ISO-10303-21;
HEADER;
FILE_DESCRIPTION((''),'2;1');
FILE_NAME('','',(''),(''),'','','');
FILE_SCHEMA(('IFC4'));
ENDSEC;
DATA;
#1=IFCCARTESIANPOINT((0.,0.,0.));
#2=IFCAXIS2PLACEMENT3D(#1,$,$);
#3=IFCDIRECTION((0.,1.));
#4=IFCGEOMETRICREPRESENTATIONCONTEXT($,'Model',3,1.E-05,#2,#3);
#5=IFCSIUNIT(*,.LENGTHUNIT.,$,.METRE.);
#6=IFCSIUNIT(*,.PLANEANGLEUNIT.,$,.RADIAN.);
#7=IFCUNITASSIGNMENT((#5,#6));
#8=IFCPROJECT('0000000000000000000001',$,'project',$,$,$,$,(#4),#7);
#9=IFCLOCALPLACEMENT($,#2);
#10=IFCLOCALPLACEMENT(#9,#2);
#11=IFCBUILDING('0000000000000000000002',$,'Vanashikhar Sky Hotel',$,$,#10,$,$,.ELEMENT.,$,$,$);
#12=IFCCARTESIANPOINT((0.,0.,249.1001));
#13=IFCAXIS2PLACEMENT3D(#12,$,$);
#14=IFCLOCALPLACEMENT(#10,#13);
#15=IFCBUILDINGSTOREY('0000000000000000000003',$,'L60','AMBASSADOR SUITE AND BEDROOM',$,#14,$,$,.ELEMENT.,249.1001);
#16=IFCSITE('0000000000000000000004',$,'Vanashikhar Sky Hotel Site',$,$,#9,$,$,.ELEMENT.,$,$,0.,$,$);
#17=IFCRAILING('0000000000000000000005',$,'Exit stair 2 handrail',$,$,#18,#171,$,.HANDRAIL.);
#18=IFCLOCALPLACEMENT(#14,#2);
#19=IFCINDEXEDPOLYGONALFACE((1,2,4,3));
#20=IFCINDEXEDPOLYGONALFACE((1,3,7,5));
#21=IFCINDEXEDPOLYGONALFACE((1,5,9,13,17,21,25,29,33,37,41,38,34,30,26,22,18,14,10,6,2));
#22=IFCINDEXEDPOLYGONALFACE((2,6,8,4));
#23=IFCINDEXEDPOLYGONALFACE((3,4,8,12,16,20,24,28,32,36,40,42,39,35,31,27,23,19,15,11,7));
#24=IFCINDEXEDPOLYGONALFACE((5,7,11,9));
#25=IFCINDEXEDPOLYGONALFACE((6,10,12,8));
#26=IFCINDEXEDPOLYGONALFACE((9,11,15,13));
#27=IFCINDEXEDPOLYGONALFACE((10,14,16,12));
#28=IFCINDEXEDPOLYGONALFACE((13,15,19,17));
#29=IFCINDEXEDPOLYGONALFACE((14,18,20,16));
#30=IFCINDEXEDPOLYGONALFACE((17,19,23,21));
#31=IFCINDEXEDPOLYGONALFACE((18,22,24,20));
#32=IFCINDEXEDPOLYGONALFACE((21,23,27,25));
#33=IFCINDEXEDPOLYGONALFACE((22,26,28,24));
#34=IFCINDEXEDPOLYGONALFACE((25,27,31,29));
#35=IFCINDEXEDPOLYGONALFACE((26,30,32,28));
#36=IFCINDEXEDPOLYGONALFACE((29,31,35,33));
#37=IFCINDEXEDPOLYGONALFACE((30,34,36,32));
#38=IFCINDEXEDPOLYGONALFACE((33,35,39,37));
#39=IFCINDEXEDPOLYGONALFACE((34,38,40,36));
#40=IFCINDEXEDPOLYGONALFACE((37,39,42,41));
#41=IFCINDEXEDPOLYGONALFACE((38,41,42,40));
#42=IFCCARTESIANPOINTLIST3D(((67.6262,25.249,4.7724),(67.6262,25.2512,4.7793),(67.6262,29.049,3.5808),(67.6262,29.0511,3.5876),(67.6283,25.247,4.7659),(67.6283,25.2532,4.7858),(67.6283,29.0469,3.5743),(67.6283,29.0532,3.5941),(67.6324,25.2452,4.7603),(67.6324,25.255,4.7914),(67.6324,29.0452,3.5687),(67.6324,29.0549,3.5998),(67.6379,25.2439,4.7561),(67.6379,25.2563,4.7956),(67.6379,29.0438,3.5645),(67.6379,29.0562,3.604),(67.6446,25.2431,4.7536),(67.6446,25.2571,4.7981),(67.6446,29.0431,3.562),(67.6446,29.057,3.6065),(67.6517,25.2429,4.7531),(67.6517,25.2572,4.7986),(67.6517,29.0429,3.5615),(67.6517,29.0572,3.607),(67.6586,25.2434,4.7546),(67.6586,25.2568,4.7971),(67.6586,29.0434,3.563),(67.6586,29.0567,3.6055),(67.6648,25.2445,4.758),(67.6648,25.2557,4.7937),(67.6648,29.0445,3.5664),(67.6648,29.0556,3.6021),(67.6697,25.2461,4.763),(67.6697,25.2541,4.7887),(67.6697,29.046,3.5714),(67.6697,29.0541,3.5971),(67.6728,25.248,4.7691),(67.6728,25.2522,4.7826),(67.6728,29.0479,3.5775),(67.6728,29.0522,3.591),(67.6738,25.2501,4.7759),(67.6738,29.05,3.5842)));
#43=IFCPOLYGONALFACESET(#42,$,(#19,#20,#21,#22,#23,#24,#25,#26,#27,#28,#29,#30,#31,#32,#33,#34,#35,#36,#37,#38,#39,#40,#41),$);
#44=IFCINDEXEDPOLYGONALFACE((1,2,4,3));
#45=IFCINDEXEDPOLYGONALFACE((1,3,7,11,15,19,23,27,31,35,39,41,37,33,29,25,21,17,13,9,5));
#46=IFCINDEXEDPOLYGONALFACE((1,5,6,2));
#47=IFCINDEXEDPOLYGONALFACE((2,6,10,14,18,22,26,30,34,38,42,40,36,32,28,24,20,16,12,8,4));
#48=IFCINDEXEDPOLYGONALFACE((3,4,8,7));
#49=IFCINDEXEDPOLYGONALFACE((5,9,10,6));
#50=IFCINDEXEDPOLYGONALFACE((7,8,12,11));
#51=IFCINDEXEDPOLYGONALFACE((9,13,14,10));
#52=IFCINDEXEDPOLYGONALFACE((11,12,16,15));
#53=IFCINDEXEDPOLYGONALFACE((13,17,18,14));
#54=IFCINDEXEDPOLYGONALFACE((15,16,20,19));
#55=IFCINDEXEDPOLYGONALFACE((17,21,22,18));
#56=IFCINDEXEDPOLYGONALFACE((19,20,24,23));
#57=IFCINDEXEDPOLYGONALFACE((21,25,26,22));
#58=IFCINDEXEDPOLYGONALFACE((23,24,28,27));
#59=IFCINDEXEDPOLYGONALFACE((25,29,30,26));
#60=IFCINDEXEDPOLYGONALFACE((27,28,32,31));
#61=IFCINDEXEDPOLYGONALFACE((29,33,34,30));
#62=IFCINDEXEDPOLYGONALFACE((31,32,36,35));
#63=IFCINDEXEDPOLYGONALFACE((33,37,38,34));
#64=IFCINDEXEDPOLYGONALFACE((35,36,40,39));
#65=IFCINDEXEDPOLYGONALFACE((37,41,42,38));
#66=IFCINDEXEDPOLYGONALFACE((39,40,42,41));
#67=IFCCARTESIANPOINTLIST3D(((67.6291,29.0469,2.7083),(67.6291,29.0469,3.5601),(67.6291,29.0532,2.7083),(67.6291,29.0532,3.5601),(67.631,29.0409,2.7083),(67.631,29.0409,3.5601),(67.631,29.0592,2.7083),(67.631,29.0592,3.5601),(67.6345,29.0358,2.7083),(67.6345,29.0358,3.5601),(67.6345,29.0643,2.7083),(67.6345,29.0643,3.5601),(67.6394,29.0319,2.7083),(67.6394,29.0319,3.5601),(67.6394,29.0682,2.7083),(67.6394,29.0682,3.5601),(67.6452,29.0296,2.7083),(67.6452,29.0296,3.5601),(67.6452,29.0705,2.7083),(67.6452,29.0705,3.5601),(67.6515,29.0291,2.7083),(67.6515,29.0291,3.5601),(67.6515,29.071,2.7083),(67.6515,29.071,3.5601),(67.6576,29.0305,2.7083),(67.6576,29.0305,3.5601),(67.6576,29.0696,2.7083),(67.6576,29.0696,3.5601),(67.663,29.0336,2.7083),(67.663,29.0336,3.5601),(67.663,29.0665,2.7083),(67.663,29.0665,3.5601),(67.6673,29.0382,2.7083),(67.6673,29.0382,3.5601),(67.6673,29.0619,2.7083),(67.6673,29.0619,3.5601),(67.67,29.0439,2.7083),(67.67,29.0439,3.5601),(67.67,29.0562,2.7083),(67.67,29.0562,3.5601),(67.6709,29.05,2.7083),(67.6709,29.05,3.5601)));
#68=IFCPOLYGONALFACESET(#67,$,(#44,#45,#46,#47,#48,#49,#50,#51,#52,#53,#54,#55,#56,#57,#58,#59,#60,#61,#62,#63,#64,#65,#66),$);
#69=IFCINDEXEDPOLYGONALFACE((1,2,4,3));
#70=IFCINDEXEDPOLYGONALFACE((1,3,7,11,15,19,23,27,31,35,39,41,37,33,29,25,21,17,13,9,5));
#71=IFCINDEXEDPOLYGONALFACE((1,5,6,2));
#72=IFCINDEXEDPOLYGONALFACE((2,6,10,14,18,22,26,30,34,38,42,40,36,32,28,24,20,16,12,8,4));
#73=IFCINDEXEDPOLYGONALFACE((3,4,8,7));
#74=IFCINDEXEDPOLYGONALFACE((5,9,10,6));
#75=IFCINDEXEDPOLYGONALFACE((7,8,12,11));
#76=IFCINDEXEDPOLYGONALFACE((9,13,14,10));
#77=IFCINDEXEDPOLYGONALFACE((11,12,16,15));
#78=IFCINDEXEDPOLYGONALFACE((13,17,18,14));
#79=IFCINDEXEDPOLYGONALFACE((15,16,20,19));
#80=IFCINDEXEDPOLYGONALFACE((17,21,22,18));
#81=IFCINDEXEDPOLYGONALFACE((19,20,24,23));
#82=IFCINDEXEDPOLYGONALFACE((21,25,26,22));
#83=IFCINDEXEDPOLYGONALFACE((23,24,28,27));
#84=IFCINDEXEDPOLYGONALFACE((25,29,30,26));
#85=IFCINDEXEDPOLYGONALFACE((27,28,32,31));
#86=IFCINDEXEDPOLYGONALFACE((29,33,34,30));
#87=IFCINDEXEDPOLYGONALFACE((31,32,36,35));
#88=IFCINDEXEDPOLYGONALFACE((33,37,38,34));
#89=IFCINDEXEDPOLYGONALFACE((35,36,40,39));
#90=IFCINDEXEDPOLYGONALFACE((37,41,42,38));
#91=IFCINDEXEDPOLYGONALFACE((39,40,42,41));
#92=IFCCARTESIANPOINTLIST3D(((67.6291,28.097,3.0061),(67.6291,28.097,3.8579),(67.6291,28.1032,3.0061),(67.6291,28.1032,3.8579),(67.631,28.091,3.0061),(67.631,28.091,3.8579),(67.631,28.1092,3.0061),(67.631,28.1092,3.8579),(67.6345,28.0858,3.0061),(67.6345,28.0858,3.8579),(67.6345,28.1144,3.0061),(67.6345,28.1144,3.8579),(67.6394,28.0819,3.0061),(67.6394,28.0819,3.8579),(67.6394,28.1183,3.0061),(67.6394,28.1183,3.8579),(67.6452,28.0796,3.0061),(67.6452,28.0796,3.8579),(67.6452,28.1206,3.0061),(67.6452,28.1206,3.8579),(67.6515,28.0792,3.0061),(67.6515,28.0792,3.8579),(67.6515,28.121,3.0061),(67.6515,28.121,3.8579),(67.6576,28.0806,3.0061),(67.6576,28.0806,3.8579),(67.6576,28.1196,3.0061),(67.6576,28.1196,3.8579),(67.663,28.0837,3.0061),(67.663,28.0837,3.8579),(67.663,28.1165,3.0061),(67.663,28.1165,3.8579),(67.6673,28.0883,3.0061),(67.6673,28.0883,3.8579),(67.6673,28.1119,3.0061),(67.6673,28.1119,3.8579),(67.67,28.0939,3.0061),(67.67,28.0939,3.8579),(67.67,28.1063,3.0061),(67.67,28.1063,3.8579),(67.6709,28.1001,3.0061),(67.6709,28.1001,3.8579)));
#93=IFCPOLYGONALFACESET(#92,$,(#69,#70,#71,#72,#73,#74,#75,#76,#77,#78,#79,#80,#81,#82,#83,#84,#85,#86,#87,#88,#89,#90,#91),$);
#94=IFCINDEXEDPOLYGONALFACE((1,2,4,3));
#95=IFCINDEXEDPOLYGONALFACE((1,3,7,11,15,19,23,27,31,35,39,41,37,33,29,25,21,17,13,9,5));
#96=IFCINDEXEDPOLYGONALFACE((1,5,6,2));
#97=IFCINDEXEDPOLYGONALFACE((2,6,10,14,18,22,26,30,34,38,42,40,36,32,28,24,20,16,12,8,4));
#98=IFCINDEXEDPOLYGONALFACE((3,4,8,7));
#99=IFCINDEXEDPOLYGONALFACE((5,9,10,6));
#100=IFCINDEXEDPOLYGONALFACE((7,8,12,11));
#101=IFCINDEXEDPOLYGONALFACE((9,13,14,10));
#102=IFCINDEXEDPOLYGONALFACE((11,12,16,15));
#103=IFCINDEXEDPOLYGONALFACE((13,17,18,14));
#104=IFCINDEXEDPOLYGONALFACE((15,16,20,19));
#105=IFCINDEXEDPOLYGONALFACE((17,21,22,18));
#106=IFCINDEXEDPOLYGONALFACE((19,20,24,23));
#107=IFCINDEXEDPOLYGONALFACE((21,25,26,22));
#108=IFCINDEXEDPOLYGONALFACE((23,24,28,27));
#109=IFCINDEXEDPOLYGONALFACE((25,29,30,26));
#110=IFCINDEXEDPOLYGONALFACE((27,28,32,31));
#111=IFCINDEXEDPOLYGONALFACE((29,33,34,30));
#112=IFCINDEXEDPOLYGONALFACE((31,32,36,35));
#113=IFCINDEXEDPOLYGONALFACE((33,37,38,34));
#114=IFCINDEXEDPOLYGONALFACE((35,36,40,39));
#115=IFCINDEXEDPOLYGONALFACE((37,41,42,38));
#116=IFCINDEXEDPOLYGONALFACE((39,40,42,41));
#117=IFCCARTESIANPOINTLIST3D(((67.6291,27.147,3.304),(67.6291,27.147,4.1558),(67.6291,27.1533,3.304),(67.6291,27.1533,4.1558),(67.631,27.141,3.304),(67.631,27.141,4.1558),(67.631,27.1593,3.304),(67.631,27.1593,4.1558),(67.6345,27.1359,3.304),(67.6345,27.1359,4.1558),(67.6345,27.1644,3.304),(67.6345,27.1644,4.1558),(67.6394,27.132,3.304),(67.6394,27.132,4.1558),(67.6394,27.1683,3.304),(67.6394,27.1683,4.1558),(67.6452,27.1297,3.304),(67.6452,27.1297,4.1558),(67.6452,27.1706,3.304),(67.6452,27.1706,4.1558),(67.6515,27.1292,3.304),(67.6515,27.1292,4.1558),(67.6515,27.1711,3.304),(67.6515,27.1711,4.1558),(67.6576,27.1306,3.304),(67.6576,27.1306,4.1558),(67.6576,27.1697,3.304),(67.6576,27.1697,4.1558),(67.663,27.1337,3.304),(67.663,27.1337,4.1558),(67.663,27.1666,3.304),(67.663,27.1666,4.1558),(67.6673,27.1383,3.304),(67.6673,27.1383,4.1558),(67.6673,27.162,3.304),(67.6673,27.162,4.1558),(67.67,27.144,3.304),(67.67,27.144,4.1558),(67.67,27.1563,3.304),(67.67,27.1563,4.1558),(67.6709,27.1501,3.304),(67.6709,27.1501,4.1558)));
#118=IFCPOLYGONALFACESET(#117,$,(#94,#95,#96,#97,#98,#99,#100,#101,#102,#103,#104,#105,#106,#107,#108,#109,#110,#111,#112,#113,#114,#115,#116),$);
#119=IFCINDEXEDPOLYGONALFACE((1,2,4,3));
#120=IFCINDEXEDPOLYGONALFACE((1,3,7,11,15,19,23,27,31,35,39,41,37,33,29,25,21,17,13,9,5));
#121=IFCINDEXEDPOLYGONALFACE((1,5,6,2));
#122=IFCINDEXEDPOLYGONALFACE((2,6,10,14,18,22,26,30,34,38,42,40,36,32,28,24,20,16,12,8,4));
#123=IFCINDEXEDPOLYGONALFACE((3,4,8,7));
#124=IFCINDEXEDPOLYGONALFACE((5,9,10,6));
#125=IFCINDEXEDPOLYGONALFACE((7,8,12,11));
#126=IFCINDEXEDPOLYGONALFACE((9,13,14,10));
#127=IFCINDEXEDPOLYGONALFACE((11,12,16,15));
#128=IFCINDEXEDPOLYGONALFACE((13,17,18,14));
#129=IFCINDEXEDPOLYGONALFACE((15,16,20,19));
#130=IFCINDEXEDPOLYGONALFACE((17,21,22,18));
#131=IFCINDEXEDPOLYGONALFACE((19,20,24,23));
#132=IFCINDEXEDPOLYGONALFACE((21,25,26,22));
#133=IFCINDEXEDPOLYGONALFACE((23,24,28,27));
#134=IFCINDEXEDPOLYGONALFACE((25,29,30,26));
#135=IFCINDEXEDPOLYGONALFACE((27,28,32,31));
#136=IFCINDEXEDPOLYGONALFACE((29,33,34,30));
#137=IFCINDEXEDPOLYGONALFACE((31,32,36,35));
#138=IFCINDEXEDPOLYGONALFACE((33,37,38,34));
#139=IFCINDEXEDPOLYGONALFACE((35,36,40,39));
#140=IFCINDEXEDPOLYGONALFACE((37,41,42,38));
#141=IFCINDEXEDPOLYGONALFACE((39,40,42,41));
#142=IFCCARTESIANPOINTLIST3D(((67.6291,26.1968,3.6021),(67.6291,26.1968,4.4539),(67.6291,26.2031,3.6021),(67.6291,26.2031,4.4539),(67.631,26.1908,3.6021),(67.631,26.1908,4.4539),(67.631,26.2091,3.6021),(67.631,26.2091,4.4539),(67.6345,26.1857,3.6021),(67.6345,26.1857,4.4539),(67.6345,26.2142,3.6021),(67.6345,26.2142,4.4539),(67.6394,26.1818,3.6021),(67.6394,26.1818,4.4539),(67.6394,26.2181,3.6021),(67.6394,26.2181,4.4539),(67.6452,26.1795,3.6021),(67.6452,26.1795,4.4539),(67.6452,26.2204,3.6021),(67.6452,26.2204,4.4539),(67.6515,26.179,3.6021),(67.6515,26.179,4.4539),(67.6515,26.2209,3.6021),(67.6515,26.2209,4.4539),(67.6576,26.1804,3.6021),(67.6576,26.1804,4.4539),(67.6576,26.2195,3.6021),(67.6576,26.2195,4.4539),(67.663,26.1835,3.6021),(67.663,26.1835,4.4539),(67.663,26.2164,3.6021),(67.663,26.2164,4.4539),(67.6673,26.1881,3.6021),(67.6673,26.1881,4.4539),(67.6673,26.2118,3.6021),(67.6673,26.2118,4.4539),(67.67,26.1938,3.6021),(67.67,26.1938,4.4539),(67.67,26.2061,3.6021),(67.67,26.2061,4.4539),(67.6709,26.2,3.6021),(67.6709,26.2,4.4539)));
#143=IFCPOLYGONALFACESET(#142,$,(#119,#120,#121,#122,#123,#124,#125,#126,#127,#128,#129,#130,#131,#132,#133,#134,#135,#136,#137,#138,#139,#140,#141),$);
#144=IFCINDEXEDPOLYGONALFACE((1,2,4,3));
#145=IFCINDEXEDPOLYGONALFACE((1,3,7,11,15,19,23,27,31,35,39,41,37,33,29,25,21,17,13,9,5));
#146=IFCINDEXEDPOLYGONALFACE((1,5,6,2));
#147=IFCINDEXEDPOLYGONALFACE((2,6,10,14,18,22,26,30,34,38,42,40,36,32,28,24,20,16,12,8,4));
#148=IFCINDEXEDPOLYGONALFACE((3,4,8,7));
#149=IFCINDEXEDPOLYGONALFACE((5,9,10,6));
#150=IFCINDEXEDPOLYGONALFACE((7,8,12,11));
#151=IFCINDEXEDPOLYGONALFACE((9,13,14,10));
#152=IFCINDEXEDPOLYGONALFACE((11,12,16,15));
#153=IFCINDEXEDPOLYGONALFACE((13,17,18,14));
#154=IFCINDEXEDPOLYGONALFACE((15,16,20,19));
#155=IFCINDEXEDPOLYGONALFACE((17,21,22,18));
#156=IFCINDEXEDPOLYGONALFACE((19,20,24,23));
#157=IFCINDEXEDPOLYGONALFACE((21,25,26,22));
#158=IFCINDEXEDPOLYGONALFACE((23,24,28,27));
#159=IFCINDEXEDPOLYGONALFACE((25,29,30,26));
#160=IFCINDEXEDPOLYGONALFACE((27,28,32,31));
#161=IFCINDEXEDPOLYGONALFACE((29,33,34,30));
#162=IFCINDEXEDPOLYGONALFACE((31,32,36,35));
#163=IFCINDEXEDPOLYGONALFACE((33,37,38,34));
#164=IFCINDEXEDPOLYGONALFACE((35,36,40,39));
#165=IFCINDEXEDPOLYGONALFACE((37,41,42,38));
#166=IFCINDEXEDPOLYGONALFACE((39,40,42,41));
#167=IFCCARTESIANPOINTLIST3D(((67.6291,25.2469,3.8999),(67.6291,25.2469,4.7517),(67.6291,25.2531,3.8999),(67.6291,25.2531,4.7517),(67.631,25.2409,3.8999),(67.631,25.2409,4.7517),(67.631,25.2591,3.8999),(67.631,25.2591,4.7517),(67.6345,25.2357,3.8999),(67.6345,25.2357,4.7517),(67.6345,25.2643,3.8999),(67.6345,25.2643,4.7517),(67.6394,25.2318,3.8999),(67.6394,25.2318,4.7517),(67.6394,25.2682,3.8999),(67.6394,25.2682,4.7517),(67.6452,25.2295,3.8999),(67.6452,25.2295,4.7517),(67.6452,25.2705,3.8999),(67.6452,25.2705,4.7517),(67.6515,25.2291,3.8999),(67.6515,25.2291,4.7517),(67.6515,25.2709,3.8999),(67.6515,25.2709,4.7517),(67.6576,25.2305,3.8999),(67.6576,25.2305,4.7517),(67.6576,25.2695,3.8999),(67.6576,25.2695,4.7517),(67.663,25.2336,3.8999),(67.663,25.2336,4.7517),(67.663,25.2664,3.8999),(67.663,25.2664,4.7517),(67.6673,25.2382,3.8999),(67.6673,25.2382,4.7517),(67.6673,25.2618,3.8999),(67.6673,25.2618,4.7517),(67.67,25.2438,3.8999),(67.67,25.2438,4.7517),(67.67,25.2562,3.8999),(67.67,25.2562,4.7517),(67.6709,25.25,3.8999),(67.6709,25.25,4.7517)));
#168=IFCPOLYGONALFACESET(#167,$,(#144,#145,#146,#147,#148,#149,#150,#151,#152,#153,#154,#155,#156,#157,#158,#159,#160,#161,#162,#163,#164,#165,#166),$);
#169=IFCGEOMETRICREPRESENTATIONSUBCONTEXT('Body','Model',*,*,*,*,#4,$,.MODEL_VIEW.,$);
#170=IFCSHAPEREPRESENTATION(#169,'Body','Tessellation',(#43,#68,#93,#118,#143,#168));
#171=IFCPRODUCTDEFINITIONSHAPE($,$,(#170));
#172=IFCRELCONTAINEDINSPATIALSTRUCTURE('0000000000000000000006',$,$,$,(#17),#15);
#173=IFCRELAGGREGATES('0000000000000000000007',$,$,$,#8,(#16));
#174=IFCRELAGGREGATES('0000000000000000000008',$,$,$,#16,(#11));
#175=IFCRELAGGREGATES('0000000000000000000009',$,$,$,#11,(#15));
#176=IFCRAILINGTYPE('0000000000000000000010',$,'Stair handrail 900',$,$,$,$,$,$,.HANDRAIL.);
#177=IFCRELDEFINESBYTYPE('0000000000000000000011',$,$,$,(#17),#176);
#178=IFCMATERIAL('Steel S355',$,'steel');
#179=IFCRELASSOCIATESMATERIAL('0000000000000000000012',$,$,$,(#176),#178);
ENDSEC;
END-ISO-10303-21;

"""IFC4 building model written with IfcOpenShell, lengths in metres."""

from ifc_helpers import new_model, si_unit, direction, frame, origin, origin_2d, place, context, subcontext, project, spatial, circle, extrude, source, transform, mapped, material, type_object, element, save


model = new_model("IFC4")

# Units and contexts
model_context = context("Model", 3, precision=1e-05, world=origin(), true_north=direction((0.0, 1.0)))
body_context = subcontext(model_context, "Body", "Model", "MODEL_VIEW")
ifc_project = project(units=[si_unit("LENGTHUNIT", "METRE"), si_unit("PLANEANGLEUNIT", "RADIAN")], contexts=[model_context])

# Site, building, storey
site_placement = place(None, origin())
site = spatial("IfcSite", under=ifc_project, at=site_placement, Name="Vanashikhar Sky Hotel Site", CompositionType="ELEMENT", RefElevation=0.0)
building_placement = place(site_placement, origin())
building = spatial("IfcBuilding", under=site, at=building_placement, Name="Vanashikhar Sky Hotel", CompositionType="ELEMENT")
storey_placement = place(building_placement, frame((0.0, 0.0, 249.1001)))
storey = spatial("IfcBuildingStorey", under=building, at=storey_placement, Name="L60", Description="AMBASSADOR SUITE AND BEDROOM", CompositionType="ELEMENT", Elevation=249.1001)

# Railing
ifc_material_1 = material(Name="Steel S355", Category="steel")
railing_type_1 = type_object("IfcRailingType", Name="Stair handrail 900", PredefinedType="HANDRAIL", material=ifc_material_1)
shared_shape_1 = source(origin(), body_context, "Body", "SweptSolid", [
    extrude(circle(Radius=0.0239, at=origin_2d()), frame((0.0, 0.0, 0.876), z_axis=(0.0, -0.954184, 0.299221), x_axis=(1.0, 0.0, 0.0)), (0.0, 0.0, 1.0), 3.9824),
    extrude(circle(Radius=0.021, at=origin_2d()), origin(), (0.0, 0.0, 1.0), 0.8518),
    extrude(circle(Radius=0.021, at=origin_2d()), frame((0.0, -0.95, 0.2979)), (0.0, 0.0, 1.0), 0.8518),
    extrude(circle(Radius=0.021, at=origin_2d()), frame((0.0, -1.8999, 0.5957)), (0.0, 0.0, 1.0), 0.8518),
    extrude(circle(Radius=0.021, at=origin_2d()), frame((0.0, -2.8501, 0.8938)), (0.0, 0.0, 1.0), 0.8518),
    extrude(circle(Radius=0.021, at=origin_2d()), frame((0.0, -3.8, 1.1917)), (0.0, 0.0, 1.0), 0.8518),
])
for number, where, name in (
    (1, (67.6499, 29.05, 2.7083), "Exit stair 2 handrail"),
):
    element("IfcRailing", number, at=place(storey_placement, frame(where)), inside=storey, type_object=railing_type_1, Name=name, PredefinedType="HANDRAIL", context=body_context, shape_type="MappedRepresentation", body=[
        mapped(shared_shape_1, transform((0.0, 0.0, 0.0), scale=1.0)),
    ])

save(model, "model.ifc")
